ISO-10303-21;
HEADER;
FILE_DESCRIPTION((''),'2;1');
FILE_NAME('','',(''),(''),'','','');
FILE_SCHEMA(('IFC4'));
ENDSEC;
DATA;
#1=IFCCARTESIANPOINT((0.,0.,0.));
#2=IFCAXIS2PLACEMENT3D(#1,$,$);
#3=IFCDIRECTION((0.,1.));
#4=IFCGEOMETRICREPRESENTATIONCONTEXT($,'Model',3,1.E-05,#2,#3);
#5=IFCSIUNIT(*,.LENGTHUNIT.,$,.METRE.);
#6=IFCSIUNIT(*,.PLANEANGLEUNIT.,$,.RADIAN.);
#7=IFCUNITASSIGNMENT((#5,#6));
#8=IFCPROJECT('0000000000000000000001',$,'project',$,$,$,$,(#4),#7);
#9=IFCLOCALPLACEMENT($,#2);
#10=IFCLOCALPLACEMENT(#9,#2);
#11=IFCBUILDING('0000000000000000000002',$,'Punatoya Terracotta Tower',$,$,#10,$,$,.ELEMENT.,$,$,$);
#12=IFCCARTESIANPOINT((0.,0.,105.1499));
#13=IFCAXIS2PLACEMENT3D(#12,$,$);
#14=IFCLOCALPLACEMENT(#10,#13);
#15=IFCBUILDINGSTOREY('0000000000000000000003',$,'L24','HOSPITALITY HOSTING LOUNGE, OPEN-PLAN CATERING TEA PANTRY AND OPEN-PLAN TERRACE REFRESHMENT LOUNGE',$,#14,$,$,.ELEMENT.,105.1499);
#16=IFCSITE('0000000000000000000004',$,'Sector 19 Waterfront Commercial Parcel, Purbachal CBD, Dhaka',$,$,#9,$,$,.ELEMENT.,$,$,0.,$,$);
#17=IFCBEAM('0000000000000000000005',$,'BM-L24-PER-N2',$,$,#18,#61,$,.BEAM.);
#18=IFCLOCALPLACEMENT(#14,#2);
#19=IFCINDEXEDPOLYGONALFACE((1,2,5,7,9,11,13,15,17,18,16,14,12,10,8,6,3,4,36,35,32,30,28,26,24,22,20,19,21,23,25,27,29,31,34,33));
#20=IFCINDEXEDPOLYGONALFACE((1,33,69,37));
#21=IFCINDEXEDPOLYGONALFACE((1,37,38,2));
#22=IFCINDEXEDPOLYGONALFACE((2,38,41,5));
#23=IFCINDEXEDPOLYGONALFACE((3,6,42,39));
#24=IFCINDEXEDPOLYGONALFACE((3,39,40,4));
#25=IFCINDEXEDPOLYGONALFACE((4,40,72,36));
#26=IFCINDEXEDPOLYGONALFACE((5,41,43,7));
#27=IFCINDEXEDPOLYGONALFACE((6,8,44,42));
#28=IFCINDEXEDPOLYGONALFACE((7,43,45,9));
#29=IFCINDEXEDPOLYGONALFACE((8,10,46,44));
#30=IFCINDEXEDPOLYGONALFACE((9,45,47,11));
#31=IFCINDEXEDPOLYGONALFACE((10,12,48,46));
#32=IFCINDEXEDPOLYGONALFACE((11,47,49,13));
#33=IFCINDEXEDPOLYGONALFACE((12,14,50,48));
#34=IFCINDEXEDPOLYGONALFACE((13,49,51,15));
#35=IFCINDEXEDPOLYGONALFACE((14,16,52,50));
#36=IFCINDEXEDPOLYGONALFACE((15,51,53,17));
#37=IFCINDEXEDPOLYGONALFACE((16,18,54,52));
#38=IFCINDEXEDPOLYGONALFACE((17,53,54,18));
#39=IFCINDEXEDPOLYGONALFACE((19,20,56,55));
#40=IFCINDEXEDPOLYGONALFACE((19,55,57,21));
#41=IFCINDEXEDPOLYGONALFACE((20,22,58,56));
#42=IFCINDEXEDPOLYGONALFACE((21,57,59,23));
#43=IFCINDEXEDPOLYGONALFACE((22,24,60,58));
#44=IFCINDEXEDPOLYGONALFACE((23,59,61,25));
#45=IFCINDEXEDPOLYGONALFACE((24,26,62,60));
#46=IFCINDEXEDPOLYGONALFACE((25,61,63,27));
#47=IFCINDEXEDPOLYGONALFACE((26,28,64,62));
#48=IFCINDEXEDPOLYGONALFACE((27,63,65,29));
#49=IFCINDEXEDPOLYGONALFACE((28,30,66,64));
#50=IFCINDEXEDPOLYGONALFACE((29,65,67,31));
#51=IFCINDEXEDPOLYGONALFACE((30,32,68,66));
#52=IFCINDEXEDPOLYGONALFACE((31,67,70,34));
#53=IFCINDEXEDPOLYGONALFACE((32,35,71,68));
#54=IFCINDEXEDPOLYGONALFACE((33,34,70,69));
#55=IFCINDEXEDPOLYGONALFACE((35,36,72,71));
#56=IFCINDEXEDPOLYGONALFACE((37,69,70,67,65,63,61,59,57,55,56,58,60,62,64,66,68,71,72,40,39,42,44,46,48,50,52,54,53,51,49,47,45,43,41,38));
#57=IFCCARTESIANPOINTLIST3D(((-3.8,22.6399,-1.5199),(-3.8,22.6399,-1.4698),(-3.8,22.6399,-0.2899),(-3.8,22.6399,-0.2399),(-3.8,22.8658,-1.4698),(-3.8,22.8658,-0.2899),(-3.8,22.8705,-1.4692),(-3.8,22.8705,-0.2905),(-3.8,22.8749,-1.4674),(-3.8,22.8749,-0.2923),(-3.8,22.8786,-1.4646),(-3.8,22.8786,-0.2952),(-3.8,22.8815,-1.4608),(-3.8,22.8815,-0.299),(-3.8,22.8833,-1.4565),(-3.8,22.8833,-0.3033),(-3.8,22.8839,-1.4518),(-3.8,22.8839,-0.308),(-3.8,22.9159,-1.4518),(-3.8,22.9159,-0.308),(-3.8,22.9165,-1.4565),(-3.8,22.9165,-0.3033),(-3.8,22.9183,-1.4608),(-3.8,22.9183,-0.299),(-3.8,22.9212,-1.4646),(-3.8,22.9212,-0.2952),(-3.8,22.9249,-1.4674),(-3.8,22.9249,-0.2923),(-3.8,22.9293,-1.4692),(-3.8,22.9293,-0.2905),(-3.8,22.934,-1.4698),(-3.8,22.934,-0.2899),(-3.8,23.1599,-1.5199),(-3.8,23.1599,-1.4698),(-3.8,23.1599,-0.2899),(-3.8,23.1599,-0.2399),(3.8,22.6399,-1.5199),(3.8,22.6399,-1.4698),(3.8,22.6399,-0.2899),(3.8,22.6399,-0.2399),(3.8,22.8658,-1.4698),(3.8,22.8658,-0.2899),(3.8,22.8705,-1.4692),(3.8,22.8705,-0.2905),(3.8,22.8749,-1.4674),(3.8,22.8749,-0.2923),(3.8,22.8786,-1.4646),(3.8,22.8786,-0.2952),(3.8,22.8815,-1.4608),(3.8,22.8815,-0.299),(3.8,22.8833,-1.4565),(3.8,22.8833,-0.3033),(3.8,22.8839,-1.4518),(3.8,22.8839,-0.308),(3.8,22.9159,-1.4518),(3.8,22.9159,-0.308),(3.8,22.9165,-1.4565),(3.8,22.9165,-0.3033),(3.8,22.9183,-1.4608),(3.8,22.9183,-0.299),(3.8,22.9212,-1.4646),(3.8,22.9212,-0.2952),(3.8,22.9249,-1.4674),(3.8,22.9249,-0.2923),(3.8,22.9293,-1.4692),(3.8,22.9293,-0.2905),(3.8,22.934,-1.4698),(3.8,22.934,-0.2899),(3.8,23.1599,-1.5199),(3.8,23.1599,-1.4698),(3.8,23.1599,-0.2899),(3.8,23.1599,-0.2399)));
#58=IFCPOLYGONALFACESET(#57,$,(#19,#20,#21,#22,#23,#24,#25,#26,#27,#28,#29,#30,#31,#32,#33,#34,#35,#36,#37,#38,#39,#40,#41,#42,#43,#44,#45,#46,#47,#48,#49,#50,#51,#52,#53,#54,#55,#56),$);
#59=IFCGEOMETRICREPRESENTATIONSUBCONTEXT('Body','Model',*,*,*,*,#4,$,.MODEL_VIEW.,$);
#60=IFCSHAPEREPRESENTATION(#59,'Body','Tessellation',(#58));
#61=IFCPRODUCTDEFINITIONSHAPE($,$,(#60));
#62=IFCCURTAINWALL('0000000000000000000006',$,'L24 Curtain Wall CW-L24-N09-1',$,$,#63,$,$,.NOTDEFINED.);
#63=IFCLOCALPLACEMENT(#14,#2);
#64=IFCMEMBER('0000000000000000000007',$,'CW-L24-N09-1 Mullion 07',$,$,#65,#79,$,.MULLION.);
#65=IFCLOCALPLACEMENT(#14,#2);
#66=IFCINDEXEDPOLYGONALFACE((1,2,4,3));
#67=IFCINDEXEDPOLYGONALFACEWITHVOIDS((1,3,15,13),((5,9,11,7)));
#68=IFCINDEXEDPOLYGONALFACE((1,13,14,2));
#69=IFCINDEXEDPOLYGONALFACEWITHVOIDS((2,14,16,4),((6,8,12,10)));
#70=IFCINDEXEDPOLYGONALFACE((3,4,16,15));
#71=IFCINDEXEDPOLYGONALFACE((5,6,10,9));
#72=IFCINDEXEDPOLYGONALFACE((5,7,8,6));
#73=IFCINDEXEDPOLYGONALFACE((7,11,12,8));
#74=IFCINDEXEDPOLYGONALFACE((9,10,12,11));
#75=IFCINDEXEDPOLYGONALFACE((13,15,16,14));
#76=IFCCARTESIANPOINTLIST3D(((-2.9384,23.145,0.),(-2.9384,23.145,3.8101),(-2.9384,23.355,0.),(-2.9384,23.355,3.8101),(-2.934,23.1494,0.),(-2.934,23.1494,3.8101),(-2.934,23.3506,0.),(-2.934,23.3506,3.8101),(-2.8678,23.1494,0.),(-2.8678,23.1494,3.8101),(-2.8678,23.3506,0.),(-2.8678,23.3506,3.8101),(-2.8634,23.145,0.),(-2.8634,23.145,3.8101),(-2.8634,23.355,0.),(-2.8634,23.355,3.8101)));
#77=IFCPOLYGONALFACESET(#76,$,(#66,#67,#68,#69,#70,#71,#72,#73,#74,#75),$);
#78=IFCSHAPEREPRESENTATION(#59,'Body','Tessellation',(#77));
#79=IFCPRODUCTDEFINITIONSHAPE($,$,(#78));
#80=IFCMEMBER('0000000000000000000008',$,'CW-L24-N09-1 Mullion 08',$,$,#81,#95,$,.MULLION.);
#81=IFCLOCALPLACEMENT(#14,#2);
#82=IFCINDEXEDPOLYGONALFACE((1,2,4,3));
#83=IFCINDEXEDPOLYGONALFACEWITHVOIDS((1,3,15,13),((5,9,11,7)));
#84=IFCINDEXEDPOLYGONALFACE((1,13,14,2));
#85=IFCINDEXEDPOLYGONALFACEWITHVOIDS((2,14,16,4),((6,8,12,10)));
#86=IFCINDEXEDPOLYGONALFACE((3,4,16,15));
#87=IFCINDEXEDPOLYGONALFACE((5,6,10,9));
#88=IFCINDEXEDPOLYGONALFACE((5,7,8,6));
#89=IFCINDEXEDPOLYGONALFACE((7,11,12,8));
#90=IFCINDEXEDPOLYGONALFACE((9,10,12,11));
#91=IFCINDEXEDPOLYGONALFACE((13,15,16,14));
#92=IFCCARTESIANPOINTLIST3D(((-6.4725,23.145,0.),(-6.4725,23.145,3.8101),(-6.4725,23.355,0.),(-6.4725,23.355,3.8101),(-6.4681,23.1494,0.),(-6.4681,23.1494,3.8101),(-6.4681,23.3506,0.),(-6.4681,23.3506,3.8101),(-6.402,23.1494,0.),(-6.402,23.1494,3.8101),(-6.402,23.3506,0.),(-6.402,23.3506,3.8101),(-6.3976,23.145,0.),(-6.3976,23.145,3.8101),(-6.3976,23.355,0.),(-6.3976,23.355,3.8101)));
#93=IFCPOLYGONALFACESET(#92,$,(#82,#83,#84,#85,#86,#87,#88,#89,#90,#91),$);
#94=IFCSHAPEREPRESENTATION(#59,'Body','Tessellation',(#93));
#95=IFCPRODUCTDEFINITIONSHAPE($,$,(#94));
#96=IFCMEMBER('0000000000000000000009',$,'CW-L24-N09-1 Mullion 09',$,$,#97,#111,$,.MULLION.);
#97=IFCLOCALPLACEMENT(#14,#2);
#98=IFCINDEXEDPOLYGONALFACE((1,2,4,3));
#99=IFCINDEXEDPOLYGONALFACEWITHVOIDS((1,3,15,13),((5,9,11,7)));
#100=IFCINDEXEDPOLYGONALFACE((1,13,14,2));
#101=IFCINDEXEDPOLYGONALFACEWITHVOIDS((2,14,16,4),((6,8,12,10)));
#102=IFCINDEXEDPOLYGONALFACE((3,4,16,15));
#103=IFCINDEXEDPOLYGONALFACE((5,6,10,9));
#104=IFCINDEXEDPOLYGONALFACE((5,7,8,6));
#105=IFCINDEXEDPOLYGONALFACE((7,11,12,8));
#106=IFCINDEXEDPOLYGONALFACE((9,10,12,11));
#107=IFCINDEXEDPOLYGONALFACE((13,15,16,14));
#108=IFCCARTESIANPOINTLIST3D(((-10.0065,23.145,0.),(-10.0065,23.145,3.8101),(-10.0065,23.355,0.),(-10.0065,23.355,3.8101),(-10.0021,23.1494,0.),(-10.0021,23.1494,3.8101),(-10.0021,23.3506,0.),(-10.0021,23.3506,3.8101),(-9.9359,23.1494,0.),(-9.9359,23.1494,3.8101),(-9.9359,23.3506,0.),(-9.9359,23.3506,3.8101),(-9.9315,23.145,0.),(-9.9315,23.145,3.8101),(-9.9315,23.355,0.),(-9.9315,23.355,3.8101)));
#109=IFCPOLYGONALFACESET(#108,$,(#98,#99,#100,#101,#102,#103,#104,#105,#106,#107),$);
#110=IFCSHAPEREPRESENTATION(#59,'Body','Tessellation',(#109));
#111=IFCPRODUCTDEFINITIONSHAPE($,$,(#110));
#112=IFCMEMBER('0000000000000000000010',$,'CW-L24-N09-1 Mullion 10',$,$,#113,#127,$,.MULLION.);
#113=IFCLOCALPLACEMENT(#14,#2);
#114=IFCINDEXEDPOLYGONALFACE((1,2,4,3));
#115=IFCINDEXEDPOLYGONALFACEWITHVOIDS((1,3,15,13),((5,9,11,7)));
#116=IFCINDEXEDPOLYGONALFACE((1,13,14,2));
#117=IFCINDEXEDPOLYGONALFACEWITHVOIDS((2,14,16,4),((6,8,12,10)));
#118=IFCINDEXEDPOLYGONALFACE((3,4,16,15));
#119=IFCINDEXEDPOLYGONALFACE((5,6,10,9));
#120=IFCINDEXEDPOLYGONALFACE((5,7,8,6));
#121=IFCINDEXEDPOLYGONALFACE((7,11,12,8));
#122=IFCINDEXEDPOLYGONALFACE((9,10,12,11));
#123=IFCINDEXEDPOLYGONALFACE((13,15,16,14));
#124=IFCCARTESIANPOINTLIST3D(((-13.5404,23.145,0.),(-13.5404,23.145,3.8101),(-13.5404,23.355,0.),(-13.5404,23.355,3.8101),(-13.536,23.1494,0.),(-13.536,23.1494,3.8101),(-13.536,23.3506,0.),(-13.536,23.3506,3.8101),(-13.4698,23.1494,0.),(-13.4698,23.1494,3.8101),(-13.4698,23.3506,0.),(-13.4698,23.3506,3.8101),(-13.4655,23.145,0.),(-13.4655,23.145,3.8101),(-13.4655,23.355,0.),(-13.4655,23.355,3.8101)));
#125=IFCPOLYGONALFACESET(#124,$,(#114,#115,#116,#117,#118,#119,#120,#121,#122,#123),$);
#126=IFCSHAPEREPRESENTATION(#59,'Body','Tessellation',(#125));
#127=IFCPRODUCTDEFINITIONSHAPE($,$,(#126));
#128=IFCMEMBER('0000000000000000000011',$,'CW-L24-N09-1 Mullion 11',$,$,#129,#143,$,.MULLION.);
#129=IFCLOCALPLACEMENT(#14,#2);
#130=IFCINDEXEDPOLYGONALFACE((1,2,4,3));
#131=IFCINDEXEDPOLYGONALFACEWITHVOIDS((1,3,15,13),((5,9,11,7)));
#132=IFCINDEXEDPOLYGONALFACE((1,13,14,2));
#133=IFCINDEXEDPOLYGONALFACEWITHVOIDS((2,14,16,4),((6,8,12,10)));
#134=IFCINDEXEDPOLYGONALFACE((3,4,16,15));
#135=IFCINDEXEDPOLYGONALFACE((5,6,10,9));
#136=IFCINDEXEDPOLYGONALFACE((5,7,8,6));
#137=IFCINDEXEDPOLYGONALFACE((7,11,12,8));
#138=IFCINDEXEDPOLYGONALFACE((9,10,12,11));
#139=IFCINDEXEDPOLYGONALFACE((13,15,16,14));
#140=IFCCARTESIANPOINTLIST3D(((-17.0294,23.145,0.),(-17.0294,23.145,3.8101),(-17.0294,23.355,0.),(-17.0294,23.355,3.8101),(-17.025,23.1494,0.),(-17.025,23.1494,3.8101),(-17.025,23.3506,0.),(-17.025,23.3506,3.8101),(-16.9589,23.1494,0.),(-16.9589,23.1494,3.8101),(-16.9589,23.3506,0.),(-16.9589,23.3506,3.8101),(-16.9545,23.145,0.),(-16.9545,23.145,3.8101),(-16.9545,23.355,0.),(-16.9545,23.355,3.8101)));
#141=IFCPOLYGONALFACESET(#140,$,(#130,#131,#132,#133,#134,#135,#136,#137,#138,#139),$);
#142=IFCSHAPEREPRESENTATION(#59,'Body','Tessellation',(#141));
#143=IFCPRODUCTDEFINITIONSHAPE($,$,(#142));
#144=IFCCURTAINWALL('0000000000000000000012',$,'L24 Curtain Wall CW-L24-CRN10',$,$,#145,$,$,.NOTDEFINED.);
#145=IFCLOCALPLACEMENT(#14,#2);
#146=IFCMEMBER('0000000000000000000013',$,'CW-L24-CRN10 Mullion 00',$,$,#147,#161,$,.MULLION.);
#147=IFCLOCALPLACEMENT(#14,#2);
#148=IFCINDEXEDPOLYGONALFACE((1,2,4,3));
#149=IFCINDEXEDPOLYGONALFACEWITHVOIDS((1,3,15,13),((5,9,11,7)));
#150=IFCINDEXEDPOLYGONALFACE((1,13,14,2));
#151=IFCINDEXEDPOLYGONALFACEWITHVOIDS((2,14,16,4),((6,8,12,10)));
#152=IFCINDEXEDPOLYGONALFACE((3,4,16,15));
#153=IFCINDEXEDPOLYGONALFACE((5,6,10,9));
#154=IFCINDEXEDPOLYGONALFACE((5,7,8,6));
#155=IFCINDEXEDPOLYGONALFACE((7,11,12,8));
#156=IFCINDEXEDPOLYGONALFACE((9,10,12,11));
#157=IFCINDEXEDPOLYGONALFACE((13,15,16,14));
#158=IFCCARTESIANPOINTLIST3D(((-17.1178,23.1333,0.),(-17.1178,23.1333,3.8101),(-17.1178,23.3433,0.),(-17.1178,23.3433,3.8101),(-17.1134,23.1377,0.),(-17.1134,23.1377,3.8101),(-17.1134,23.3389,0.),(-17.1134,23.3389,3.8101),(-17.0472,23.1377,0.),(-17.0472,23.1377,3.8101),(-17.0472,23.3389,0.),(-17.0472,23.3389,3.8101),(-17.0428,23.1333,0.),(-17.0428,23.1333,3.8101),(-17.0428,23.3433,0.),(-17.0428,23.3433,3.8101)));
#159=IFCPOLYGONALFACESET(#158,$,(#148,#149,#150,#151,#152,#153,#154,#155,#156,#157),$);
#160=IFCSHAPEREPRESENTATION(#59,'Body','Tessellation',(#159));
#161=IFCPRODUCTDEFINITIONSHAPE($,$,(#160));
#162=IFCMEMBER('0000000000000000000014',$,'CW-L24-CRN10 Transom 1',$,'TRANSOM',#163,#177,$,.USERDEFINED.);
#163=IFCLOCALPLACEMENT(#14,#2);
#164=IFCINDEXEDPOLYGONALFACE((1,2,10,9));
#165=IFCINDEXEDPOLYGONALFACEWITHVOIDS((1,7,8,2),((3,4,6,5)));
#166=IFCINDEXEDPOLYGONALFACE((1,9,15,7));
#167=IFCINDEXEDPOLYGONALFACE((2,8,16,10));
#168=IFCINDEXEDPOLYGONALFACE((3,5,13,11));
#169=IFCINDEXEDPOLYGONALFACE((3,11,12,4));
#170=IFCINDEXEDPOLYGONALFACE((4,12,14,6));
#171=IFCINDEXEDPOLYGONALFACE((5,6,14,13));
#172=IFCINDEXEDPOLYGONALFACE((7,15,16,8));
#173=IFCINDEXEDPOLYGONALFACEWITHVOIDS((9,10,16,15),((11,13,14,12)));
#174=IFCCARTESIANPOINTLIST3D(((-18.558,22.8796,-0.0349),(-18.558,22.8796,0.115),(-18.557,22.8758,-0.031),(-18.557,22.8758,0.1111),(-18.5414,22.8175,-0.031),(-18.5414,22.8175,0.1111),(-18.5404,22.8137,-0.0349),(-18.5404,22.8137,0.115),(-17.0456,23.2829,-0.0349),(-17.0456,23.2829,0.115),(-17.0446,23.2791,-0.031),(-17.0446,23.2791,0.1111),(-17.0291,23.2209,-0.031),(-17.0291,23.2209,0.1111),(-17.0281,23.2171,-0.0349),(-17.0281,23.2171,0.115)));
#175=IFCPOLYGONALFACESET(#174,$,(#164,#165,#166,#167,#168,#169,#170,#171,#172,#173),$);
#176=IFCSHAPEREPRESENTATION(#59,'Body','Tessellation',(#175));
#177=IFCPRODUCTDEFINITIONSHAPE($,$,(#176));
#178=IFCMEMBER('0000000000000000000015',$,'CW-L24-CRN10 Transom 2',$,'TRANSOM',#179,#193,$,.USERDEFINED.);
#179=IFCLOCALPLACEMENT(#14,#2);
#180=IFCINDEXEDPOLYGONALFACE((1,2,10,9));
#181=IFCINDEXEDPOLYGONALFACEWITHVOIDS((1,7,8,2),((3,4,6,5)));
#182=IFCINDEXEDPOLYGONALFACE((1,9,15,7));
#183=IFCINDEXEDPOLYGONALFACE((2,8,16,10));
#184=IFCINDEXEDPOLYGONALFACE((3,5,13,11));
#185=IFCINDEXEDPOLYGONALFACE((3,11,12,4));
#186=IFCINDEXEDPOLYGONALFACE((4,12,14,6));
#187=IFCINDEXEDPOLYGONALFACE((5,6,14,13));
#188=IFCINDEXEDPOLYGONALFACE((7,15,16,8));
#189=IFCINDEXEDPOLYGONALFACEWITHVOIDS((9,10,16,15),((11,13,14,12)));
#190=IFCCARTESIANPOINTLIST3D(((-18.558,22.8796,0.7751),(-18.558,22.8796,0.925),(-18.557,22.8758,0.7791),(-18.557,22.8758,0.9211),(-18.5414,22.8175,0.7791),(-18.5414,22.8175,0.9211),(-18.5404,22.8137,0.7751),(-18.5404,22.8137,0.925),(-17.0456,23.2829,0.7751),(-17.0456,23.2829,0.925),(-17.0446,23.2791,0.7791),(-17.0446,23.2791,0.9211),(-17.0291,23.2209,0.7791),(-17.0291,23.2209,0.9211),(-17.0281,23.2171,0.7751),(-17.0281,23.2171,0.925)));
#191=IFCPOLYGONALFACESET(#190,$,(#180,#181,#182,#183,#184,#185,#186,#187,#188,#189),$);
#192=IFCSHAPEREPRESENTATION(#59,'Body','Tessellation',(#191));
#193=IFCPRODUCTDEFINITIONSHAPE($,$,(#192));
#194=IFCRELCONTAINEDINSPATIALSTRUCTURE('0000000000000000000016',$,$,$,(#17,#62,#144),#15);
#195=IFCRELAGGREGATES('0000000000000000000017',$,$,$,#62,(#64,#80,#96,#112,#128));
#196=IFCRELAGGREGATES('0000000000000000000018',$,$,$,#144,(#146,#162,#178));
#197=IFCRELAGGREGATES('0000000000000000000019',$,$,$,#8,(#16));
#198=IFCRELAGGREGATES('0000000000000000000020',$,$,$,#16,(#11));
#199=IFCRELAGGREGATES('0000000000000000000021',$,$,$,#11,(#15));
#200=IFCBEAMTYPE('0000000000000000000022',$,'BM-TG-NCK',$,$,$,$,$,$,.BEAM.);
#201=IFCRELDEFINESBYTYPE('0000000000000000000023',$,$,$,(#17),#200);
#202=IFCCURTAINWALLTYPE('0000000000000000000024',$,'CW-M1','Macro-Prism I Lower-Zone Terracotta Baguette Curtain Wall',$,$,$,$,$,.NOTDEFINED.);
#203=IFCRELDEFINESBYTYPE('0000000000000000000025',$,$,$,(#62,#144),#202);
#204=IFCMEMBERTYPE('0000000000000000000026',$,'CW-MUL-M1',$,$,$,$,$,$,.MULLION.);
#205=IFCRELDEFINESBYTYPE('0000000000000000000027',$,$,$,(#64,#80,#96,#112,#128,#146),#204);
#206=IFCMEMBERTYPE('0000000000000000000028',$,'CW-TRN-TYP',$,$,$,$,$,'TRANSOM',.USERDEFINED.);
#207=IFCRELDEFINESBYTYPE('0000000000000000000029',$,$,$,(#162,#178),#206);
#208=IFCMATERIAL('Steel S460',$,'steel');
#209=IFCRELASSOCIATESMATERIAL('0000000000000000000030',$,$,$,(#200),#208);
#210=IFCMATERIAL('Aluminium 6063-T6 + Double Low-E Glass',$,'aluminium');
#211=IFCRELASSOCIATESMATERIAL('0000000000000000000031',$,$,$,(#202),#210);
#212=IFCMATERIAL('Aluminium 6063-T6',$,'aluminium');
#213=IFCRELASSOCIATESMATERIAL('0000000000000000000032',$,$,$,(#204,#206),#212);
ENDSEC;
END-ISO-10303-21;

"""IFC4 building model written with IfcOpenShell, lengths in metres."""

from ifc_helpers import new_model, si_unit, direction, frame, origin, origin_2d, place, context, subcontext, project, spatial, hollow_rectangle, i_section, extrude, material, material_profile, profile_set, type_object, element, aggregate, save


model = new_model("IFC4")

# Units and contexts
model_context = context("Model", 3, precision=1e-05, world=origin(), true_north=direction((0.0, 1.0)))
body_context = subcontext(model_context, "Body", "Model", "MODEL_VIEW")
ifc_project = project(units=[si_unit("LENGTHUNIT", "METRE"), si_unit("PLANEANGLEUNIT", "RADIAN")], contexts=[model_context])

# Site, building, storey
site_placement = place(None, origin())
site = spatial("IfcSite", under=ifc_project, at=site_placement, Name="Sector 19 Waterfront Commercial Parcel, Purbachal CBD, Dhaka", CompositionType="ELEMENT", RefElevation=0.0)
building_placement = place(site_placement, origin())
building = spatial("IfcBuilding", under=site, at=building_placement, Name="Punatoya Terracotta Tower", CompositionType="ELEMENT")
storey_placement = place(building_placement, frame((0.0, 0.0, 105.1499)))
storey = spatial("IfcBuildingStorey", under=building, at=storey_placement, Name="L24", Description="HOSPITALITY HOSTING LOUNGE, OPEN-PLAN CATERING TEA PANTRY AND OPEN-PLAN TERRACE REFRESHMENT LOUNGE", CompositionType="ELEMENT", Elevation=105.1499)

# Shared definitions
ifc_material_1 = material(Name="Steel S460", Category="steel")

# Beam
ifc_material_profile_1 = material_profile(ifc_material_1, i_section(OverallWidth=0.52, OverallDepth=1.28, WebThickness=0.032, FlangeThickness=0.05, FilletRadius=0.0181, at=origin_2d()))
ifc_profile_set_1 = profile_set([ifc_material_profile_1], Name="Steel S460")
beam_type_1 = type_object("IfcBeamType", Name="BM-TG-NCK", PredefinedType="BEAM", material=ifc_profile_set_1)
beam_1_placement = place(storey_placement, frame((-3.8, 22.8999, -0.8799), z_axis=(1.0, 0.0, 0.0), x_axis=(0.0, 1.0, 0.0)))
element("IfcBeam", 1, at=beam_1_placement, inside=storey, type_object=beam_type_1, Name="BM-L24-PER-N2", PredefinedType="BEAM", context=body_context, shape_type="SweptSolid", body=[
    extrude(i_section(OverallWidth=0.52, OverallDepth=1.28, WebThickness=0.032, FlangeThickness=0.05, FilletRadius=0.0181, at=origin_2d()), origin(), (0.0, 0.0, 1.0), 7.6001),
])

# Curtain walls, members
ifc_material_2 = material(Name="Aluminium 6063-T6 + Double Low-E Glass", Category="aluminium")
curtain_wall_type = type_object("IfcCurtainWallType", Name="CW-M1", Description="Macro-Prism I Lower-Zone Terracotta Baguette Curtain Wall", PredefinedType="NOTDEFINED", material=ifc_material_2)
curtain_wall_1_placement = place(storey_placement, origin())
curtain_wall_1 = element("IfcCurtainWall", 2, at=curtain_wall_1_placement, inside=storey, type_object=curtain_wall_type, Name="L24 Curtain Wall CW-L24-N09-1", PredefinedType="NOTDEFINED")
ifc_material_3 = material(Name="Aluminium 6063-T6", Category="aluminium")
ifc_material_profile_2 = material_profile(ifc_material_3, hollow_rectangle(XDim=0.075, YDim=0.21, WallThickness=0.0044, at=origin_2d()))
ifc_profile_set_2 = profile_set([ifc_material_profile_2], Name="Aluminium 6063-T6")
member_type_1 = type_object("IfcMemberType", Name="CW-MUL-M1", PredefinedType="MULLION", material=ifc_profile_set_2)
member_1_placement = place(storey_placement, frame((-2.9009, 23.25, 0.0), z_axis=(0.0, 0.0, 1.0), x_axis=(1.0, 0.0, 0.0)))
member_1 = element("IfcMember", 3, at=member_1_placement, type_object=member_type_1, Name="CW-L24-N09-1 Mullion 07", PredefinedType="MULLION", context=body_context, shape_type="SweptSolid", body=[
    extrude(hollow_rectangle(XDim=0.075, YDim=0.21, WallThickness=0.0044, at=origin_2d()), origin(), (0.0, 0.0, 1.0), 3.8101),
])
member_2_placement = place(storey_placement, frame((-6.4351, 23.25, 0.0), z_axis=(0.0, 0.0, 1.0), x_axis=(1.0, 0.0, 0.0)))
member_2 = element("IfcMember", 4, at=member_2_placement, type_object=member_type_1, Name="CW-L24-N09-1 Mullion 08", PredefinedType="MULLION", context=body_context, shape_type="SweptSolid", body=[
    extrude(hollow_rectangle(XDim=0.075, YDim=0.21, WallThickness=0.0044, at=origin_2d()), origin(), (0.0, 0.0, 1.0), 3.8101),
])
member_3_placement = place(storey_placement, frame((-9.969, 23.25, 0.0), z_axis=(0.0, 0.0, 1.0), x_axis=(1.0, 0.0, 0.0)))
member_3 = element("IfcMember", 5, at=member_3_placement, type_object=member_type_1, Name="CW-L24-N09-1 Mullion 09", PredefinedType="MULLION", context=body_context, shape_type="SweptSolid", body=[
    extrude(hollow_rectangle(XDim=0.075, YDim=0.21, WallThickness=0.0044, at=origin_2d()), origin(), (0.0, 0.0, 1.0), 3.8101),
])
member_4_placement = place(storey_placement, frame((-13.5029, 23.25, 0.0), z_axis=(0.0, 0.0, 1.0), x_axis=(1.0, 0.0, 0.0)))
member_4 = element("IfcMember", 6, at=member_4_placement, type_object=member_type_1, Name="CW-L24-N09-1 Mullion 10", PredefinedType="MULLION", context=body_context, shape_type="SweptSolid", body=[
    extrude(hollow_rectangle(XDim=0.075, YDim=0.21, WallThickness=0.0044, at=origin_2d()), origin(), (0.0, 0.0, 1.0), 3.8101),
])
member_5_placement = place(storey_placement, frame((-16.9919, 23.25, 0.0), z_axis=(0.0, 0.0, 1.0), x_axis=(1.0, 0.0, 0.0)))
member_5 = element("IfcMember", 7, at=member_5_placement, type_object=member_type_1, Name="CW-L24-N09-1 Mullion 11", PredefinedType="MULLION", context=body_context, shape_type="SweptSolid", body=[
    extrude(hollow_rectangle(XDim=0.075, YDim=0.21, WallThickness=0.0044, at=origin_2d()), origin(), (0.0, 0.0, 1.0), 3.8101),
])
curtain_wall_2_placement = place(storey_placement, origin())
curtain_wall_2 = element("IfcCurtainWall", 8, at=curtain_wall_2_placement, inside=storey, type_object=curtain_wall_type, Name="L24 Curtain Wall CW-L24-CRN10", PredefinedType="NOTDEFINED")
member_6_placement = place(storey_placement, frame((-17.0803, 23.2383, 0.0), z_axis=(0.0, 0.0, 1.0), x_axis=(1.0, 0.0, 0.0)))
member_6 = element("IfcMember", 9, at=member_6_placement, type_object=member_type_1, Name="CW-L24-CRN10 Mullion 00", PredefinedType="MULLION", context=body_context, shape_type="SweptSolid", body=[
    extrude(hollow_rectangle(XDim=0.075, YDim=0.21, WallThickness=0.0044, at=origin_2d()), origin(), (0.0, 0.0, 1.0), 3.8101),
])
ifc_material_profile_3 = material_profile(ifc_material_3, hollow_rectangle(XDim=0.0681, YDim=0.1499, WallThickness=0.0039, at=origin_2d()))
ifc_profile_set_3 = profile_set([ifc_material_profile_3], Name="Aluminium 6063-T6")
member_type_2 = type_object("IfcMemberType", Name="CW-TRN-TYP", ElementType="TRANSOM", PredefinedType="USERDEFINED", material=ifc_profile_set_3)
member_7_placement = place(storey_placement, frame((-17.0369, 23.25, 0.04), z_axis=(-0.966225, -0.257701, 0.0), x_axis=(0.257701, -0.966225, 0.0)))
member_7 = element("IfcMember", 10, at=member_7_placement, type_object=member_type_2, Name="CW-L24-CRN10 Transom 1", ObjectType="TRANSOM", PredefinedType="USERDEFINED", context=body_context, shape_type="SweptSolid", body=[
    extrude(hollow_rectangle(XDim=0.0681, YDim=0.1499, WallThickness=0.0039, at=origin_2d()), origin(), (0.0, 0.0, 1.0), 1.5652),
])
member_8_placement = place(storey_placement, frame((-17.0369, 23.25, 0.8501), z_axis=(-0.966225, -0.257701, 0.0), x_axis=(0.257701, -0.966225, 0.0)))
member_8 = element("IfcMember", 11, at=member_8_placement, type_object=member_type_2, Name="CW-L24-CRN10 Transom 2", ObjectType="TRANSOM", PredefinedType="USERDEFINED", context=body_context, shape_type="SweptSolid", body=[
    extrude(hollow_rectangle(XDim=0.0681, YDim=0.1499, WallThickness=0.0039, at=origin_2d()), origin(), (0.0, 0.0, 1.0), 1.5652),
])

aggregate(curtain_wall_1, [member_1, member_2, member_3, member_4, member_5])
aggregate(curtain_wall_2, [member_6, member_7, member_8])

save(model, "model.ifc")
